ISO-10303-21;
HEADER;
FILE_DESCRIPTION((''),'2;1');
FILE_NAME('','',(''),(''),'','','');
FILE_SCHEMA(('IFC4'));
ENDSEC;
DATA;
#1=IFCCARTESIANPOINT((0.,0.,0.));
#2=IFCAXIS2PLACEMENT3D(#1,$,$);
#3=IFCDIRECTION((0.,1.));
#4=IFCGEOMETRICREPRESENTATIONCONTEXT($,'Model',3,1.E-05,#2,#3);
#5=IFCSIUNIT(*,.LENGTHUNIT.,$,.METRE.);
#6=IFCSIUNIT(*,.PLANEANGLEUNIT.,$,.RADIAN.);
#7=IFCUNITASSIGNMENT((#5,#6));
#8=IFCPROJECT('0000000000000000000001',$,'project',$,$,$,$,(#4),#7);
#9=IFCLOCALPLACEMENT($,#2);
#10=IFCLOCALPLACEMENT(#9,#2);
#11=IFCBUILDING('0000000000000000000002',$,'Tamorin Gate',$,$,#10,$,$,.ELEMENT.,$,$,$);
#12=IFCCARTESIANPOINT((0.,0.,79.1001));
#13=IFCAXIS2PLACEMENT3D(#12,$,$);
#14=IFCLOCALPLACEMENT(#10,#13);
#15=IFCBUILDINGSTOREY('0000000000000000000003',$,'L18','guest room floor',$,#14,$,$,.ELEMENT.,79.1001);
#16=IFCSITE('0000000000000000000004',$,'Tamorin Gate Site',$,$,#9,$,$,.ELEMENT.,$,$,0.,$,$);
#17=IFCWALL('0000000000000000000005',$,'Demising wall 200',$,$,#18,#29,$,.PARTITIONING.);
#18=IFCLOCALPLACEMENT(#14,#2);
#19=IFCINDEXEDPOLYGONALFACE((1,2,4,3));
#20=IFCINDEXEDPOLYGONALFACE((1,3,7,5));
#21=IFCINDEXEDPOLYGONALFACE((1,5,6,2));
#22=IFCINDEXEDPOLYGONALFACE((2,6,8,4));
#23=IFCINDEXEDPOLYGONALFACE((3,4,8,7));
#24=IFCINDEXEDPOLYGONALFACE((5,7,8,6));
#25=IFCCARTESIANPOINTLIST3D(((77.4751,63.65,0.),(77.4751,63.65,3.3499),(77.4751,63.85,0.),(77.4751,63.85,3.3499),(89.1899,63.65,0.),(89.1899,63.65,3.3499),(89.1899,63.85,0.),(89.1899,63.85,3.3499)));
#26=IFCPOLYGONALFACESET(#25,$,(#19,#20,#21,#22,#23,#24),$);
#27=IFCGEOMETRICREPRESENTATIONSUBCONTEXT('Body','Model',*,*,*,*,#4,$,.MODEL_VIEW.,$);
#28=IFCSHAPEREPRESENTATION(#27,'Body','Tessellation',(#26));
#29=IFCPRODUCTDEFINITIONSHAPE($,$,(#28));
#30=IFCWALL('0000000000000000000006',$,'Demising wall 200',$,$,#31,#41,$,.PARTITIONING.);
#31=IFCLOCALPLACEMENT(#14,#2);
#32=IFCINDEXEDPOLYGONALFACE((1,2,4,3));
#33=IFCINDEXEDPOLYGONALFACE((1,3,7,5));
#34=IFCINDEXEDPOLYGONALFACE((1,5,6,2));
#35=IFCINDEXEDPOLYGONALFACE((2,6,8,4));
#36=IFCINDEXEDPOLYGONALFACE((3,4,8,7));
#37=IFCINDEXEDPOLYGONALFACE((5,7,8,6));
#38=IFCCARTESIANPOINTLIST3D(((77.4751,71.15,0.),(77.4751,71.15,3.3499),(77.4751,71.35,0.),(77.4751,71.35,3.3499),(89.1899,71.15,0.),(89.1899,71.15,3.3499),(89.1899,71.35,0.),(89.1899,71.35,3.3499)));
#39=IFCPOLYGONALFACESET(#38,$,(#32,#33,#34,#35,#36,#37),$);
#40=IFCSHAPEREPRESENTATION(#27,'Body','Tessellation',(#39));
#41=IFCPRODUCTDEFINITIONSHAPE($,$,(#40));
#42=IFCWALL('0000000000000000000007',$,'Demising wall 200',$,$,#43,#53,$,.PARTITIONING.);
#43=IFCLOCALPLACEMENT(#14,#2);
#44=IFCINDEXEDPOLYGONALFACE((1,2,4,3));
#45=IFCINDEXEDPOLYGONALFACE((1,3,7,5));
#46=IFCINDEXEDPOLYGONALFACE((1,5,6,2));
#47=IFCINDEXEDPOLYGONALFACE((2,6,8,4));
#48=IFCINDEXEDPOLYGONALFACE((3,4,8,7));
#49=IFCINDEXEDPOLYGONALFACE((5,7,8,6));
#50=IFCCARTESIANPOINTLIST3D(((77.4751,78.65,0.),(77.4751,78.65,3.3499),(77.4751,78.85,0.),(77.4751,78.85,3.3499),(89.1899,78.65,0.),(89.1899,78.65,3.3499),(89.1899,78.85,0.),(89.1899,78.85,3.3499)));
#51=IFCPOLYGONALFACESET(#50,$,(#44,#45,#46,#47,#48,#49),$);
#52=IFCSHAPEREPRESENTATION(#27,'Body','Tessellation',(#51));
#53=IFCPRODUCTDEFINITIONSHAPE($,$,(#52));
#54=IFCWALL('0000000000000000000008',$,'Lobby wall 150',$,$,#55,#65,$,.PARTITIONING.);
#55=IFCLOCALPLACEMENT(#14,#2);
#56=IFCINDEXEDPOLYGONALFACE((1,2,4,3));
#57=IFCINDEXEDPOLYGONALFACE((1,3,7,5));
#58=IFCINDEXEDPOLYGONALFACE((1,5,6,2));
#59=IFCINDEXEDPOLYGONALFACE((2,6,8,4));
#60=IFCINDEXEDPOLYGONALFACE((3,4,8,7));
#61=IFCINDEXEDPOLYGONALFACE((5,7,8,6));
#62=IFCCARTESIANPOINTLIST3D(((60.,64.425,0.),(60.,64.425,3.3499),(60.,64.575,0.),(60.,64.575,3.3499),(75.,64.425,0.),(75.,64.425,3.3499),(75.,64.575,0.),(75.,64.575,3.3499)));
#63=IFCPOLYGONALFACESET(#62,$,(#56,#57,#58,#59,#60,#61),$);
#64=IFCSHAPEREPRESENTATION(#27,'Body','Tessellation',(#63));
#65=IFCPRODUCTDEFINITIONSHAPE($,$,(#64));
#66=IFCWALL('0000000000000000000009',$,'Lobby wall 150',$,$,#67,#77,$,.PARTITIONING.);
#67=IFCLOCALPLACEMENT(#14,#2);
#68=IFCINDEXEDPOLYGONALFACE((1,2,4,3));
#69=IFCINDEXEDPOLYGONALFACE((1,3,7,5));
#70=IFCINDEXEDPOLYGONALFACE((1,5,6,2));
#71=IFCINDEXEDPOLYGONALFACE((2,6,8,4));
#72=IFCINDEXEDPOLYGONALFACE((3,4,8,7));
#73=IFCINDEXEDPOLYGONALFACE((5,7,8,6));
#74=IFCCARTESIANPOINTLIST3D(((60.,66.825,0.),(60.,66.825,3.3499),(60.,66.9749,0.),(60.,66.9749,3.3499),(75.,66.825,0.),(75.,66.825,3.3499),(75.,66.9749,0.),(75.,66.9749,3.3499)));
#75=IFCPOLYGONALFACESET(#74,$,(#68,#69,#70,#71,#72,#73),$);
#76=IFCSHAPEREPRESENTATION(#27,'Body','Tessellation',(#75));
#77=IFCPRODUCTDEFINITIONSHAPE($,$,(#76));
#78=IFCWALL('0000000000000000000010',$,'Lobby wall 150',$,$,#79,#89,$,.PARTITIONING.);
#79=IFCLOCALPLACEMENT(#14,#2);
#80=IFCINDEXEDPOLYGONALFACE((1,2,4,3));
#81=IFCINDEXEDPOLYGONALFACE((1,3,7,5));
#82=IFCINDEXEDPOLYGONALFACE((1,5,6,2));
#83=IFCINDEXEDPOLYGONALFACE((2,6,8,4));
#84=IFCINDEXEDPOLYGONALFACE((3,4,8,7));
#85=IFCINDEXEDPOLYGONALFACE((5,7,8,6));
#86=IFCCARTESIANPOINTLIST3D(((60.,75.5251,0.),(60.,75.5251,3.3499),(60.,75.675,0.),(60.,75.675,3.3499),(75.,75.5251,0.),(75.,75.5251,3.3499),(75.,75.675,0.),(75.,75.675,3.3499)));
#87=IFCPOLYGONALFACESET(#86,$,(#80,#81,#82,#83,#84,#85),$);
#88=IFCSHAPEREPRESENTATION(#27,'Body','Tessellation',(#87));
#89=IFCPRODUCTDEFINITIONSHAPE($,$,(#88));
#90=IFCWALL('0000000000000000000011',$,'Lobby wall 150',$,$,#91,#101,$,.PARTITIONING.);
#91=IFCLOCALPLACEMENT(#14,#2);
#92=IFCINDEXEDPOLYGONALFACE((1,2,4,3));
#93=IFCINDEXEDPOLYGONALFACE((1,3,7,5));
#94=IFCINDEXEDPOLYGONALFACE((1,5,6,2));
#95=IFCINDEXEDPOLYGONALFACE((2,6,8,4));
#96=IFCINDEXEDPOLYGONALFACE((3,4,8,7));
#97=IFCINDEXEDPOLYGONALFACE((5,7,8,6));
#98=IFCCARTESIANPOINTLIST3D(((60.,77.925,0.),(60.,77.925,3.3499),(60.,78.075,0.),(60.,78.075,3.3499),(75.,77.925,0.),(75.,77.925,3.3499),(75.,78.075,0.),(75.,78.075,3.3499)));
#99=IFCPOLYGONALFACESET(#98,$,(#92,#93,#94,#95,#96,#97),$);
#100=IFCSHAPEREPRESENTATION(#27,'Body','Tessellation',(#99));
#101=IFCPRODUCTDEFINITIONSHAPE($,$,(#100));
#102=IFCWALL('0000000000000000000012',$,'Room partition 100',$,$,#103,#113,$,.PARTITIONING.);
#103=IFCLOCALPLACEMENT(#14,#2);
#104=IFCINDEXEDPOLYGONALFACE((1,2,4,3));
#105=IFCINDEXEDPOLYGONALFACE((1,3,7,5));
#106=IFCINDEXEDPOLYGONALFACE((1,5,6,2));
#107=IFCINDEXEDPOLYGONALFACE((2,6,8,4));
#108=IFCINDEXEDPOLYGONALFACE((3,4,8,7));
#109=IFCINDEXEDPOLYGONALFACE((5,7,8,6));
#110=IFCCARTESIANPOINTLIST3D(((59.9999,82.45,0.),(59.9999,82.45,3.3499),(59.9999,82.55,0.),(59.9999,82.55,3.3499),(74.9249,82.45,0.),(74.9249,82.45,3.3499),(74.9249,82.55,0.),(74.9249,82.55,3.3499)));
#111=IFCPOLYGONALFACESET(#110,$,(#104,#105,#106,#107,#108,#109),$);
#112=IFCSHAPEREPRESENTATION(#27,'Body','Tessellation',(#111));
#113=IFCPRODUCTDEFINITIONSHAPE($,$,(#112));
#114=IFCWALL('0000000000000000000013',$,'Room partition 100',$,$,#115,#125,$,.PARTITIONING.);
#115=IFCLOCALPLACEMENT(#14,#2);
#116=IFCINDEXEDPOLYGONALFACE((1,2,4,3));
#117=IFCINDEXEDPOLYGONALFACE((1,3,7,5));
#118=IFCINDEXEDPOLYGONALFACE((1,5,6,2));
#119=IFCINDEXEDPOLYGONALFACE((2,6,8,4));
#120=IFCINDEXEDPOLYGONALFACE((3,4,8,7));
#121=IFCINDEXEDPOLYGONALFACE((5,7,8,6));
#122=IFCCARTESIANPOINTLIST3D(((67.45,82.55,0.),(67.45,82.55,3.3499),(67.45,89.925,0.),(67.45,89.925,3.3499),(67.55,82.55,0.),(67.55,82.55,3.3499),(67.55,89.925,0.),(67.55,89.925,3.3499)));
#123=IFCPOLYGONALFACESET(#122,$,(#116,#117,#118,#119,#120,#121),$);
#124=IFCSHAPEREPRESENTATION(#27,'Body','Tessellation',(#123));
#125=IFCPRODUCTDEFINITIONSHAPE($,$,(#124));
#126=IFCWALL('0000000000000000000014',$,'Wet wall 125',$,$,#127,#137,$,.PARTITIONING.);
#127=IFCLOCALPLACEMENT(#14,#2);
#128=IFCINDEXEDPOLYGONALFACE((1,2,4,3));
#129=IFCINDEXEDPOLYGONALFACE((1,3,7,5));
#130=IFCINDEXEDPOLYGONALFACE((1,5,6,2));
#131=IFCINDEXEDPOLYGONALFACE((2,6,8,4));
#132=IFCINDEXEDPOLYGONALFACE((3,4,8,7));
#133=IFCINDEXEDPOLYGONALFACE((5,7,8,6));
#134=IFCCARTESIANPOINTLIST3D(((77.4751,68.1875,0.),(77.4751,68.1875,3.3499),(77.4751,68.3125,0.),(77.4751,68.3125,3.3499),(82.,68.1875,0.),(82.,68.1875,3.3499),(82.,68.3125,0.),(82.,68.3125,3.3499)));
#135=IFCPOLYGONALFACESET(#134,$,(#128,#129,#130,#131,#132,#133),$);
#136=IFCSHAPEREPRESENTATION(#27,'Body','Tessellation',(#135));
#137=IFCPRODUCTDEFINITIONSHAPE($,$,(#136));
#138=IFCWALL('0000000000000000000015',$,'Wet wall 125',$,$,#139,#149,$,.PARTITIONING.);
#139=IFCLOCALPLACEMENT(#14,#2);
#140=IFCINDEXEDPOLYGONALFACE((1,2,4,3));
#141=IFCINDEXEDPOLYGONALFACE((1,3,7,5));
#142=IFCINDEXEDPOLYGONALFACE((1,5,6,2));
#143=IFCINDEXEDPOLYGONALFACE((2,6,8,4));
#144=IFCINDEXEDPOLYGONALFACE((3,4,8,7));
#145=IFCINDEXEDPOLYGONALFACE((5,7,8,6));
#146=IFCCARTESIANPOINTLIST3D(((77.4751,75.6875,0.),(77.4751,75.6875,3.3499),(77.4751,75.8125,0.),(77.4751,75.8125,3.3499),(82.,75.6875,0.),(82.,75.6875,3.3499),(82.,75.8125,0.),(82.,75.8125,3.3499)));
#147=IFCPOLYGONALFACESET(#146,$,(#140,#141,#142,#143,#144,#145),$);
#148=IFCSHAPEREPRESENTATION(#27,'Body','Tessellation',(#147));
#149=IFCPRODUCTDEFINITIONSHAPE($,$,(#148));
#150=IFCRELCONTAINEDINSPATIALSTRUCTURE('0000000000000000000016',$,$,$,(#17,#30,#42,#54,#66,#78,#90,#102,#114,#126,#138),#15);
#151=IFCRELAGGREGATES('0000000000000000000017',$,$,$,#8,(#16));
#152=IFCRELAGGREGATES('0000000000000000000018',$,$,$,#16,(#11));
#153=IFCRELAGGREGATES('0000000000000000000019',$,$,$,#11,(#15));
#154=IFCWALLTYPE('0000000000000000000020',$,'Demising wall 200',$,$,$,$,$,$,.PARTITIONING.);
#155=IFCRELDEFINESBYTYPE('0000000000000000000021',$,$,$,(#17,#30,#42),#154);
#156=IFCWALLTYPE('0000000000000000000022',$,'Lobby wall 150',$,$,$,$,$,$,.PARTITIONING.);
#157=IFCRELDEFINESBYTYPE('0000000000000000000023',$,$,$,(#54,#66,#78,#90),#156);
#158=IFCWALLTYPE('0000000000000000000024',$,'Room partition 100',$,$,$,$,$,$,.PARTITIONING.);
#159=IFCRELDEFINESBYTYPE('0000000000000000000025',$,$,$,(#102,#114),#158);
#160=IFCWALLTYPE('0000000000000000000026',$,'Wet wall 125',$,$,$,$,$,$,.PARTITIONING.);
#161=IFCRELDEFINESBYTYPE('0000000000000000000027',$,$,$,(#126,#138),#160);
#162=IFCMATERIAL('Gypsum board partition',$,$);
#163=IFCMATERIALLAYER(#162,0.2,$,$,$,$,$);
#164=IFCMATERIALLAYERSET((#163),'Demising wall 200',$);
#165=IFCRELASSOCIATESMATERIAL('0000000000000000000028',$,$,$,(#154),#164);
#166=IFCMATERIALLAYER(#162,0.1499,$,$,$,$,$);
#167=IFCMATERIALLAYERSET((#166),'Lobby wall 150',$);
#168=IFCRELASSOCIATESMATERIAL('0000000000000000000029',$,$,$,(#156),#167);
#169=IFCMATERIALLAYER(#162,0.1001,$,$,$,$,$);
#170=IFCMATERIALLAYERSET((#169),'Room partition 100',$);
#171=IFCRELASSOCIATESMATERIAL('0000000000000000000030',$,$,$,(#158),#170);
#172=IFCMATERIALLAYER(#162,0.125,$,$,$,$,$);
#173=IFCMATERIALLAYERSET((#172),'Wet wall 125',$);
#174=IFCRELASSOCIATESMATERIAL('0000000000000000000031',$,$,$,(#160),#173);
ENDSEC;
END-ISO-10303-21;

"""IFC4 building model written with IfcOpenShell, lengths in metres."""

from ifc_helpers import new_model, si_unit, direction, frame, frame_2d, origin, place, context, subcontext, project, spatial, rectangle, extrude, material, layer, layer_set, type_object, element, save


model = new_model("IFC4")

# Units and contexts
model_context = context("Model", 3, precision=1e-05, world=origin(), true_north=direction((0.0, 1.0)))
body_context = subcontext(model_context, "Body", "Model", "MODEL_VIEW")
ifc_project = project(units=[si_unit("LENGTHUNIT", "METRE"), si_unit("PLANEANGLEUNIT", "RADIAN")], contexts=[model_context])

# Site, building, storey
site_placement = place(None, origin())
site = spatial("IfcSite", under=ifc_project, at=site_placement, Name="Tamorin Gate Site", CompositionType="ELEMENT", RefElevation=0.0)
building_placement = place(site_placement, origin())
building = spatial("IfcBuilding", under=site, at=building_placement, Name="Tamorin Gate", CompositionType="ELEMENT")
storey_placement = place(building_placement, frame((0.0, 0.0, 79.1001)))
storey = spatial("IfcBuildingStorey", under=building, at=storey_placement, Name="L18", Description="guest room floor", CompositionType="ELEMENT", Elevation=79.1001)

# Shared definitions
ifc_material_1 = material(Name="Gypsum board partition")

# Walls
ifc_layer_1 = layer(ifc_material_1, 0.2)
ifc_layer_set_1 = layer_set([ifc_layer_1], Name="Demising wall 200")
wall_type_1 = type_object("IfcWallType", Name="Demising wall 200", PredefinedType="PARTITIONING", material=ifc_layer_set_1)
for number, where, z_axis, x_axis, name in (
    (1, (77.4751, 63.75, 0.0), (0.0, 0.0, 1.0), (1.0, 0.0, 0.0), "Demising wall 200"),
    (2, (77.4751, 71.25, 0.0), (0.0, 0.0, 1.0), (1.0, 0.0, 0.0), "Demising wall 200"),
    (3, (77.4751, 78.75, 0.0), (0.0, 0.0, 1.0), (1.0, 0.0, 0.0), "Demising wall 200"),
):
    element("IfcWall", number, at=place(storey_placement, frame(where, z_axis=z_axis, x_axis=x_axis)), inside=storey, type_object=wall_type_1, Name=name, PredefinedType="PARTITIONING", context=body_context, shape_type="SweptSolid", body=[
        extrude(rectangle(XDim=11.7148, YDim=0.2, at=frame_2d((5.8574, 0.0))), origin(), (0.0, 0.0, 1.0), 3.3499),
    ])
ifc_layer_2 = layer(ifc_material_1, 0.1499)
ifc_layer_set_2 = layer_set([ifc_layer_2], Name="Lobby wall 150")
wall_type_2 = type_object("IfcWallType", Name="Lobby wall 150", PredefinedType="PARTITIONING", material=ifc_layer_set_2)
for number, where, z_axis, x_axis, name in (
    (4, (60.0, 64.5, 0.0), (0.0, 0.0, 1.0), (1.0, 0.0, 0.0), "Lobby wall 150"),
    (5, (60.0, 66.8999, 0.0), (0.0, 0.0, 1.0), (1.0, 0.0, 0.0), "Lobby wall 150"),
    (6, (60.0, 75.6001, 0.0), (0.0, 0.0, 1.0), (1.0, 0.0, 0.0), "Lobby wall 150"),
    (7, (60.0, 78.0, 0.0), (0.0, 0.0, 1.0), (1.0, 0.0, 0.0), "Lobby wall 150"),
):
    element("IfcWall", number, at=place(storey_placement, frame(where, z_axis=z_axis, x_axis=x_axis)), inside=storey, type_object=wall_type_2, Name=name, PredefinedType="PARTITIONING", context=body_context, shape_type="SweptSolid", body=[
        extrude(rectangle(XDim=15.0, YDim=0.1499, at=frame_2d((7.5, 0.0))), origin(), (0.0, 0.0, 1.0), 3.3499),
    ])
ifc_layer_3 = layer(ifc_material_1, 0.1001)
ifc_layer_set_3 = layer_set([ifc_layer_3], Name="Room partition 100")
wall_type_3 = type_object("IfcWallType", Name="Room partition 100", PredefinedType="PARTITIONING", material=ifc_layer_set_3)
wall_1_placement = place(storey_placement, frame((60.0, 82.5, 0.0), z_axis=(0.0, 0.0, 1.0), x_axis=(1.0, 0.0, 0.0)))
element("IfcWall", 8, at=wall_1_placement, inside=storey, type_object=wall_type_3, Name="Room partition 100", PredefinedType="PARTITIONING", context=body_context, shape_type="SweptSolid", body=[
    extrude(rectangle(XDim=14.925, YDim=0.1001, at=frame_2d((7.4624, 0.0))), origin(), (0.0, 0.0, 1.0), 3.3499),
])
wall_2_placement = place(storey_placement, frame((67.5, 82.55, 0.0), z_axis=(0.0, 0.0, 1.0), x_axis=(0.0, 1.0, 0.0)))
element("IfcWall", 9, at=wall_2_placement, inside=storey, type_object=wall_type_3, Name="Room partition 100", PredefinedType="PARTITIONING", context=body_context, shape_type="SweptSolid", body=[
    extrude(rectangle(XDim=7.375, YDim=0.1001, at=frame_2d((3.6875, 0.0))), origin(), (0.0, 0.0, 1.0), 3.3499),
])
ifc_layer_4 = layer(ifc_material_1, 0.125)
ifc_layer_set_4 = layer_set([ifc_layer_4], Name="Wet wall 125")
wall_type_4 = type_object("IfcWallType", Name="Wet wall 125", PredefinedType="PARTITIONING", material=ifc_layer_set_4)
for number, where, z_axis, x_axis, name in (
    (10, (77.4751, 68.25, 0.0), (0.0, 0.0, 1.0), (1.0, 0.0, 0.0), "Wet wall 125"),
    (11, (77.4751, 75.75, 0.0), (0.0, 0.0, 1.0), (1.0, 0.0, 0.0), "Wet wall 125"),
):
    element("IfcWall", number, at=place(storey_placement, frame(where, z_axis=z_axis, x_axis=x_axis)), inside=storey, type_object=wall_type_4, Name=name, PredefinedType="PARTITIONING", context=body_context, shape_type="SweptSolid", body=[
        extrude(rectangle(XDim=4.5249, YDim=0.125, at=frame_2d((2.2625, 0.0))), origin(), (0.0, 0.0, 1.0), 3.3499),
    ])

save(model, "model.ifc")
